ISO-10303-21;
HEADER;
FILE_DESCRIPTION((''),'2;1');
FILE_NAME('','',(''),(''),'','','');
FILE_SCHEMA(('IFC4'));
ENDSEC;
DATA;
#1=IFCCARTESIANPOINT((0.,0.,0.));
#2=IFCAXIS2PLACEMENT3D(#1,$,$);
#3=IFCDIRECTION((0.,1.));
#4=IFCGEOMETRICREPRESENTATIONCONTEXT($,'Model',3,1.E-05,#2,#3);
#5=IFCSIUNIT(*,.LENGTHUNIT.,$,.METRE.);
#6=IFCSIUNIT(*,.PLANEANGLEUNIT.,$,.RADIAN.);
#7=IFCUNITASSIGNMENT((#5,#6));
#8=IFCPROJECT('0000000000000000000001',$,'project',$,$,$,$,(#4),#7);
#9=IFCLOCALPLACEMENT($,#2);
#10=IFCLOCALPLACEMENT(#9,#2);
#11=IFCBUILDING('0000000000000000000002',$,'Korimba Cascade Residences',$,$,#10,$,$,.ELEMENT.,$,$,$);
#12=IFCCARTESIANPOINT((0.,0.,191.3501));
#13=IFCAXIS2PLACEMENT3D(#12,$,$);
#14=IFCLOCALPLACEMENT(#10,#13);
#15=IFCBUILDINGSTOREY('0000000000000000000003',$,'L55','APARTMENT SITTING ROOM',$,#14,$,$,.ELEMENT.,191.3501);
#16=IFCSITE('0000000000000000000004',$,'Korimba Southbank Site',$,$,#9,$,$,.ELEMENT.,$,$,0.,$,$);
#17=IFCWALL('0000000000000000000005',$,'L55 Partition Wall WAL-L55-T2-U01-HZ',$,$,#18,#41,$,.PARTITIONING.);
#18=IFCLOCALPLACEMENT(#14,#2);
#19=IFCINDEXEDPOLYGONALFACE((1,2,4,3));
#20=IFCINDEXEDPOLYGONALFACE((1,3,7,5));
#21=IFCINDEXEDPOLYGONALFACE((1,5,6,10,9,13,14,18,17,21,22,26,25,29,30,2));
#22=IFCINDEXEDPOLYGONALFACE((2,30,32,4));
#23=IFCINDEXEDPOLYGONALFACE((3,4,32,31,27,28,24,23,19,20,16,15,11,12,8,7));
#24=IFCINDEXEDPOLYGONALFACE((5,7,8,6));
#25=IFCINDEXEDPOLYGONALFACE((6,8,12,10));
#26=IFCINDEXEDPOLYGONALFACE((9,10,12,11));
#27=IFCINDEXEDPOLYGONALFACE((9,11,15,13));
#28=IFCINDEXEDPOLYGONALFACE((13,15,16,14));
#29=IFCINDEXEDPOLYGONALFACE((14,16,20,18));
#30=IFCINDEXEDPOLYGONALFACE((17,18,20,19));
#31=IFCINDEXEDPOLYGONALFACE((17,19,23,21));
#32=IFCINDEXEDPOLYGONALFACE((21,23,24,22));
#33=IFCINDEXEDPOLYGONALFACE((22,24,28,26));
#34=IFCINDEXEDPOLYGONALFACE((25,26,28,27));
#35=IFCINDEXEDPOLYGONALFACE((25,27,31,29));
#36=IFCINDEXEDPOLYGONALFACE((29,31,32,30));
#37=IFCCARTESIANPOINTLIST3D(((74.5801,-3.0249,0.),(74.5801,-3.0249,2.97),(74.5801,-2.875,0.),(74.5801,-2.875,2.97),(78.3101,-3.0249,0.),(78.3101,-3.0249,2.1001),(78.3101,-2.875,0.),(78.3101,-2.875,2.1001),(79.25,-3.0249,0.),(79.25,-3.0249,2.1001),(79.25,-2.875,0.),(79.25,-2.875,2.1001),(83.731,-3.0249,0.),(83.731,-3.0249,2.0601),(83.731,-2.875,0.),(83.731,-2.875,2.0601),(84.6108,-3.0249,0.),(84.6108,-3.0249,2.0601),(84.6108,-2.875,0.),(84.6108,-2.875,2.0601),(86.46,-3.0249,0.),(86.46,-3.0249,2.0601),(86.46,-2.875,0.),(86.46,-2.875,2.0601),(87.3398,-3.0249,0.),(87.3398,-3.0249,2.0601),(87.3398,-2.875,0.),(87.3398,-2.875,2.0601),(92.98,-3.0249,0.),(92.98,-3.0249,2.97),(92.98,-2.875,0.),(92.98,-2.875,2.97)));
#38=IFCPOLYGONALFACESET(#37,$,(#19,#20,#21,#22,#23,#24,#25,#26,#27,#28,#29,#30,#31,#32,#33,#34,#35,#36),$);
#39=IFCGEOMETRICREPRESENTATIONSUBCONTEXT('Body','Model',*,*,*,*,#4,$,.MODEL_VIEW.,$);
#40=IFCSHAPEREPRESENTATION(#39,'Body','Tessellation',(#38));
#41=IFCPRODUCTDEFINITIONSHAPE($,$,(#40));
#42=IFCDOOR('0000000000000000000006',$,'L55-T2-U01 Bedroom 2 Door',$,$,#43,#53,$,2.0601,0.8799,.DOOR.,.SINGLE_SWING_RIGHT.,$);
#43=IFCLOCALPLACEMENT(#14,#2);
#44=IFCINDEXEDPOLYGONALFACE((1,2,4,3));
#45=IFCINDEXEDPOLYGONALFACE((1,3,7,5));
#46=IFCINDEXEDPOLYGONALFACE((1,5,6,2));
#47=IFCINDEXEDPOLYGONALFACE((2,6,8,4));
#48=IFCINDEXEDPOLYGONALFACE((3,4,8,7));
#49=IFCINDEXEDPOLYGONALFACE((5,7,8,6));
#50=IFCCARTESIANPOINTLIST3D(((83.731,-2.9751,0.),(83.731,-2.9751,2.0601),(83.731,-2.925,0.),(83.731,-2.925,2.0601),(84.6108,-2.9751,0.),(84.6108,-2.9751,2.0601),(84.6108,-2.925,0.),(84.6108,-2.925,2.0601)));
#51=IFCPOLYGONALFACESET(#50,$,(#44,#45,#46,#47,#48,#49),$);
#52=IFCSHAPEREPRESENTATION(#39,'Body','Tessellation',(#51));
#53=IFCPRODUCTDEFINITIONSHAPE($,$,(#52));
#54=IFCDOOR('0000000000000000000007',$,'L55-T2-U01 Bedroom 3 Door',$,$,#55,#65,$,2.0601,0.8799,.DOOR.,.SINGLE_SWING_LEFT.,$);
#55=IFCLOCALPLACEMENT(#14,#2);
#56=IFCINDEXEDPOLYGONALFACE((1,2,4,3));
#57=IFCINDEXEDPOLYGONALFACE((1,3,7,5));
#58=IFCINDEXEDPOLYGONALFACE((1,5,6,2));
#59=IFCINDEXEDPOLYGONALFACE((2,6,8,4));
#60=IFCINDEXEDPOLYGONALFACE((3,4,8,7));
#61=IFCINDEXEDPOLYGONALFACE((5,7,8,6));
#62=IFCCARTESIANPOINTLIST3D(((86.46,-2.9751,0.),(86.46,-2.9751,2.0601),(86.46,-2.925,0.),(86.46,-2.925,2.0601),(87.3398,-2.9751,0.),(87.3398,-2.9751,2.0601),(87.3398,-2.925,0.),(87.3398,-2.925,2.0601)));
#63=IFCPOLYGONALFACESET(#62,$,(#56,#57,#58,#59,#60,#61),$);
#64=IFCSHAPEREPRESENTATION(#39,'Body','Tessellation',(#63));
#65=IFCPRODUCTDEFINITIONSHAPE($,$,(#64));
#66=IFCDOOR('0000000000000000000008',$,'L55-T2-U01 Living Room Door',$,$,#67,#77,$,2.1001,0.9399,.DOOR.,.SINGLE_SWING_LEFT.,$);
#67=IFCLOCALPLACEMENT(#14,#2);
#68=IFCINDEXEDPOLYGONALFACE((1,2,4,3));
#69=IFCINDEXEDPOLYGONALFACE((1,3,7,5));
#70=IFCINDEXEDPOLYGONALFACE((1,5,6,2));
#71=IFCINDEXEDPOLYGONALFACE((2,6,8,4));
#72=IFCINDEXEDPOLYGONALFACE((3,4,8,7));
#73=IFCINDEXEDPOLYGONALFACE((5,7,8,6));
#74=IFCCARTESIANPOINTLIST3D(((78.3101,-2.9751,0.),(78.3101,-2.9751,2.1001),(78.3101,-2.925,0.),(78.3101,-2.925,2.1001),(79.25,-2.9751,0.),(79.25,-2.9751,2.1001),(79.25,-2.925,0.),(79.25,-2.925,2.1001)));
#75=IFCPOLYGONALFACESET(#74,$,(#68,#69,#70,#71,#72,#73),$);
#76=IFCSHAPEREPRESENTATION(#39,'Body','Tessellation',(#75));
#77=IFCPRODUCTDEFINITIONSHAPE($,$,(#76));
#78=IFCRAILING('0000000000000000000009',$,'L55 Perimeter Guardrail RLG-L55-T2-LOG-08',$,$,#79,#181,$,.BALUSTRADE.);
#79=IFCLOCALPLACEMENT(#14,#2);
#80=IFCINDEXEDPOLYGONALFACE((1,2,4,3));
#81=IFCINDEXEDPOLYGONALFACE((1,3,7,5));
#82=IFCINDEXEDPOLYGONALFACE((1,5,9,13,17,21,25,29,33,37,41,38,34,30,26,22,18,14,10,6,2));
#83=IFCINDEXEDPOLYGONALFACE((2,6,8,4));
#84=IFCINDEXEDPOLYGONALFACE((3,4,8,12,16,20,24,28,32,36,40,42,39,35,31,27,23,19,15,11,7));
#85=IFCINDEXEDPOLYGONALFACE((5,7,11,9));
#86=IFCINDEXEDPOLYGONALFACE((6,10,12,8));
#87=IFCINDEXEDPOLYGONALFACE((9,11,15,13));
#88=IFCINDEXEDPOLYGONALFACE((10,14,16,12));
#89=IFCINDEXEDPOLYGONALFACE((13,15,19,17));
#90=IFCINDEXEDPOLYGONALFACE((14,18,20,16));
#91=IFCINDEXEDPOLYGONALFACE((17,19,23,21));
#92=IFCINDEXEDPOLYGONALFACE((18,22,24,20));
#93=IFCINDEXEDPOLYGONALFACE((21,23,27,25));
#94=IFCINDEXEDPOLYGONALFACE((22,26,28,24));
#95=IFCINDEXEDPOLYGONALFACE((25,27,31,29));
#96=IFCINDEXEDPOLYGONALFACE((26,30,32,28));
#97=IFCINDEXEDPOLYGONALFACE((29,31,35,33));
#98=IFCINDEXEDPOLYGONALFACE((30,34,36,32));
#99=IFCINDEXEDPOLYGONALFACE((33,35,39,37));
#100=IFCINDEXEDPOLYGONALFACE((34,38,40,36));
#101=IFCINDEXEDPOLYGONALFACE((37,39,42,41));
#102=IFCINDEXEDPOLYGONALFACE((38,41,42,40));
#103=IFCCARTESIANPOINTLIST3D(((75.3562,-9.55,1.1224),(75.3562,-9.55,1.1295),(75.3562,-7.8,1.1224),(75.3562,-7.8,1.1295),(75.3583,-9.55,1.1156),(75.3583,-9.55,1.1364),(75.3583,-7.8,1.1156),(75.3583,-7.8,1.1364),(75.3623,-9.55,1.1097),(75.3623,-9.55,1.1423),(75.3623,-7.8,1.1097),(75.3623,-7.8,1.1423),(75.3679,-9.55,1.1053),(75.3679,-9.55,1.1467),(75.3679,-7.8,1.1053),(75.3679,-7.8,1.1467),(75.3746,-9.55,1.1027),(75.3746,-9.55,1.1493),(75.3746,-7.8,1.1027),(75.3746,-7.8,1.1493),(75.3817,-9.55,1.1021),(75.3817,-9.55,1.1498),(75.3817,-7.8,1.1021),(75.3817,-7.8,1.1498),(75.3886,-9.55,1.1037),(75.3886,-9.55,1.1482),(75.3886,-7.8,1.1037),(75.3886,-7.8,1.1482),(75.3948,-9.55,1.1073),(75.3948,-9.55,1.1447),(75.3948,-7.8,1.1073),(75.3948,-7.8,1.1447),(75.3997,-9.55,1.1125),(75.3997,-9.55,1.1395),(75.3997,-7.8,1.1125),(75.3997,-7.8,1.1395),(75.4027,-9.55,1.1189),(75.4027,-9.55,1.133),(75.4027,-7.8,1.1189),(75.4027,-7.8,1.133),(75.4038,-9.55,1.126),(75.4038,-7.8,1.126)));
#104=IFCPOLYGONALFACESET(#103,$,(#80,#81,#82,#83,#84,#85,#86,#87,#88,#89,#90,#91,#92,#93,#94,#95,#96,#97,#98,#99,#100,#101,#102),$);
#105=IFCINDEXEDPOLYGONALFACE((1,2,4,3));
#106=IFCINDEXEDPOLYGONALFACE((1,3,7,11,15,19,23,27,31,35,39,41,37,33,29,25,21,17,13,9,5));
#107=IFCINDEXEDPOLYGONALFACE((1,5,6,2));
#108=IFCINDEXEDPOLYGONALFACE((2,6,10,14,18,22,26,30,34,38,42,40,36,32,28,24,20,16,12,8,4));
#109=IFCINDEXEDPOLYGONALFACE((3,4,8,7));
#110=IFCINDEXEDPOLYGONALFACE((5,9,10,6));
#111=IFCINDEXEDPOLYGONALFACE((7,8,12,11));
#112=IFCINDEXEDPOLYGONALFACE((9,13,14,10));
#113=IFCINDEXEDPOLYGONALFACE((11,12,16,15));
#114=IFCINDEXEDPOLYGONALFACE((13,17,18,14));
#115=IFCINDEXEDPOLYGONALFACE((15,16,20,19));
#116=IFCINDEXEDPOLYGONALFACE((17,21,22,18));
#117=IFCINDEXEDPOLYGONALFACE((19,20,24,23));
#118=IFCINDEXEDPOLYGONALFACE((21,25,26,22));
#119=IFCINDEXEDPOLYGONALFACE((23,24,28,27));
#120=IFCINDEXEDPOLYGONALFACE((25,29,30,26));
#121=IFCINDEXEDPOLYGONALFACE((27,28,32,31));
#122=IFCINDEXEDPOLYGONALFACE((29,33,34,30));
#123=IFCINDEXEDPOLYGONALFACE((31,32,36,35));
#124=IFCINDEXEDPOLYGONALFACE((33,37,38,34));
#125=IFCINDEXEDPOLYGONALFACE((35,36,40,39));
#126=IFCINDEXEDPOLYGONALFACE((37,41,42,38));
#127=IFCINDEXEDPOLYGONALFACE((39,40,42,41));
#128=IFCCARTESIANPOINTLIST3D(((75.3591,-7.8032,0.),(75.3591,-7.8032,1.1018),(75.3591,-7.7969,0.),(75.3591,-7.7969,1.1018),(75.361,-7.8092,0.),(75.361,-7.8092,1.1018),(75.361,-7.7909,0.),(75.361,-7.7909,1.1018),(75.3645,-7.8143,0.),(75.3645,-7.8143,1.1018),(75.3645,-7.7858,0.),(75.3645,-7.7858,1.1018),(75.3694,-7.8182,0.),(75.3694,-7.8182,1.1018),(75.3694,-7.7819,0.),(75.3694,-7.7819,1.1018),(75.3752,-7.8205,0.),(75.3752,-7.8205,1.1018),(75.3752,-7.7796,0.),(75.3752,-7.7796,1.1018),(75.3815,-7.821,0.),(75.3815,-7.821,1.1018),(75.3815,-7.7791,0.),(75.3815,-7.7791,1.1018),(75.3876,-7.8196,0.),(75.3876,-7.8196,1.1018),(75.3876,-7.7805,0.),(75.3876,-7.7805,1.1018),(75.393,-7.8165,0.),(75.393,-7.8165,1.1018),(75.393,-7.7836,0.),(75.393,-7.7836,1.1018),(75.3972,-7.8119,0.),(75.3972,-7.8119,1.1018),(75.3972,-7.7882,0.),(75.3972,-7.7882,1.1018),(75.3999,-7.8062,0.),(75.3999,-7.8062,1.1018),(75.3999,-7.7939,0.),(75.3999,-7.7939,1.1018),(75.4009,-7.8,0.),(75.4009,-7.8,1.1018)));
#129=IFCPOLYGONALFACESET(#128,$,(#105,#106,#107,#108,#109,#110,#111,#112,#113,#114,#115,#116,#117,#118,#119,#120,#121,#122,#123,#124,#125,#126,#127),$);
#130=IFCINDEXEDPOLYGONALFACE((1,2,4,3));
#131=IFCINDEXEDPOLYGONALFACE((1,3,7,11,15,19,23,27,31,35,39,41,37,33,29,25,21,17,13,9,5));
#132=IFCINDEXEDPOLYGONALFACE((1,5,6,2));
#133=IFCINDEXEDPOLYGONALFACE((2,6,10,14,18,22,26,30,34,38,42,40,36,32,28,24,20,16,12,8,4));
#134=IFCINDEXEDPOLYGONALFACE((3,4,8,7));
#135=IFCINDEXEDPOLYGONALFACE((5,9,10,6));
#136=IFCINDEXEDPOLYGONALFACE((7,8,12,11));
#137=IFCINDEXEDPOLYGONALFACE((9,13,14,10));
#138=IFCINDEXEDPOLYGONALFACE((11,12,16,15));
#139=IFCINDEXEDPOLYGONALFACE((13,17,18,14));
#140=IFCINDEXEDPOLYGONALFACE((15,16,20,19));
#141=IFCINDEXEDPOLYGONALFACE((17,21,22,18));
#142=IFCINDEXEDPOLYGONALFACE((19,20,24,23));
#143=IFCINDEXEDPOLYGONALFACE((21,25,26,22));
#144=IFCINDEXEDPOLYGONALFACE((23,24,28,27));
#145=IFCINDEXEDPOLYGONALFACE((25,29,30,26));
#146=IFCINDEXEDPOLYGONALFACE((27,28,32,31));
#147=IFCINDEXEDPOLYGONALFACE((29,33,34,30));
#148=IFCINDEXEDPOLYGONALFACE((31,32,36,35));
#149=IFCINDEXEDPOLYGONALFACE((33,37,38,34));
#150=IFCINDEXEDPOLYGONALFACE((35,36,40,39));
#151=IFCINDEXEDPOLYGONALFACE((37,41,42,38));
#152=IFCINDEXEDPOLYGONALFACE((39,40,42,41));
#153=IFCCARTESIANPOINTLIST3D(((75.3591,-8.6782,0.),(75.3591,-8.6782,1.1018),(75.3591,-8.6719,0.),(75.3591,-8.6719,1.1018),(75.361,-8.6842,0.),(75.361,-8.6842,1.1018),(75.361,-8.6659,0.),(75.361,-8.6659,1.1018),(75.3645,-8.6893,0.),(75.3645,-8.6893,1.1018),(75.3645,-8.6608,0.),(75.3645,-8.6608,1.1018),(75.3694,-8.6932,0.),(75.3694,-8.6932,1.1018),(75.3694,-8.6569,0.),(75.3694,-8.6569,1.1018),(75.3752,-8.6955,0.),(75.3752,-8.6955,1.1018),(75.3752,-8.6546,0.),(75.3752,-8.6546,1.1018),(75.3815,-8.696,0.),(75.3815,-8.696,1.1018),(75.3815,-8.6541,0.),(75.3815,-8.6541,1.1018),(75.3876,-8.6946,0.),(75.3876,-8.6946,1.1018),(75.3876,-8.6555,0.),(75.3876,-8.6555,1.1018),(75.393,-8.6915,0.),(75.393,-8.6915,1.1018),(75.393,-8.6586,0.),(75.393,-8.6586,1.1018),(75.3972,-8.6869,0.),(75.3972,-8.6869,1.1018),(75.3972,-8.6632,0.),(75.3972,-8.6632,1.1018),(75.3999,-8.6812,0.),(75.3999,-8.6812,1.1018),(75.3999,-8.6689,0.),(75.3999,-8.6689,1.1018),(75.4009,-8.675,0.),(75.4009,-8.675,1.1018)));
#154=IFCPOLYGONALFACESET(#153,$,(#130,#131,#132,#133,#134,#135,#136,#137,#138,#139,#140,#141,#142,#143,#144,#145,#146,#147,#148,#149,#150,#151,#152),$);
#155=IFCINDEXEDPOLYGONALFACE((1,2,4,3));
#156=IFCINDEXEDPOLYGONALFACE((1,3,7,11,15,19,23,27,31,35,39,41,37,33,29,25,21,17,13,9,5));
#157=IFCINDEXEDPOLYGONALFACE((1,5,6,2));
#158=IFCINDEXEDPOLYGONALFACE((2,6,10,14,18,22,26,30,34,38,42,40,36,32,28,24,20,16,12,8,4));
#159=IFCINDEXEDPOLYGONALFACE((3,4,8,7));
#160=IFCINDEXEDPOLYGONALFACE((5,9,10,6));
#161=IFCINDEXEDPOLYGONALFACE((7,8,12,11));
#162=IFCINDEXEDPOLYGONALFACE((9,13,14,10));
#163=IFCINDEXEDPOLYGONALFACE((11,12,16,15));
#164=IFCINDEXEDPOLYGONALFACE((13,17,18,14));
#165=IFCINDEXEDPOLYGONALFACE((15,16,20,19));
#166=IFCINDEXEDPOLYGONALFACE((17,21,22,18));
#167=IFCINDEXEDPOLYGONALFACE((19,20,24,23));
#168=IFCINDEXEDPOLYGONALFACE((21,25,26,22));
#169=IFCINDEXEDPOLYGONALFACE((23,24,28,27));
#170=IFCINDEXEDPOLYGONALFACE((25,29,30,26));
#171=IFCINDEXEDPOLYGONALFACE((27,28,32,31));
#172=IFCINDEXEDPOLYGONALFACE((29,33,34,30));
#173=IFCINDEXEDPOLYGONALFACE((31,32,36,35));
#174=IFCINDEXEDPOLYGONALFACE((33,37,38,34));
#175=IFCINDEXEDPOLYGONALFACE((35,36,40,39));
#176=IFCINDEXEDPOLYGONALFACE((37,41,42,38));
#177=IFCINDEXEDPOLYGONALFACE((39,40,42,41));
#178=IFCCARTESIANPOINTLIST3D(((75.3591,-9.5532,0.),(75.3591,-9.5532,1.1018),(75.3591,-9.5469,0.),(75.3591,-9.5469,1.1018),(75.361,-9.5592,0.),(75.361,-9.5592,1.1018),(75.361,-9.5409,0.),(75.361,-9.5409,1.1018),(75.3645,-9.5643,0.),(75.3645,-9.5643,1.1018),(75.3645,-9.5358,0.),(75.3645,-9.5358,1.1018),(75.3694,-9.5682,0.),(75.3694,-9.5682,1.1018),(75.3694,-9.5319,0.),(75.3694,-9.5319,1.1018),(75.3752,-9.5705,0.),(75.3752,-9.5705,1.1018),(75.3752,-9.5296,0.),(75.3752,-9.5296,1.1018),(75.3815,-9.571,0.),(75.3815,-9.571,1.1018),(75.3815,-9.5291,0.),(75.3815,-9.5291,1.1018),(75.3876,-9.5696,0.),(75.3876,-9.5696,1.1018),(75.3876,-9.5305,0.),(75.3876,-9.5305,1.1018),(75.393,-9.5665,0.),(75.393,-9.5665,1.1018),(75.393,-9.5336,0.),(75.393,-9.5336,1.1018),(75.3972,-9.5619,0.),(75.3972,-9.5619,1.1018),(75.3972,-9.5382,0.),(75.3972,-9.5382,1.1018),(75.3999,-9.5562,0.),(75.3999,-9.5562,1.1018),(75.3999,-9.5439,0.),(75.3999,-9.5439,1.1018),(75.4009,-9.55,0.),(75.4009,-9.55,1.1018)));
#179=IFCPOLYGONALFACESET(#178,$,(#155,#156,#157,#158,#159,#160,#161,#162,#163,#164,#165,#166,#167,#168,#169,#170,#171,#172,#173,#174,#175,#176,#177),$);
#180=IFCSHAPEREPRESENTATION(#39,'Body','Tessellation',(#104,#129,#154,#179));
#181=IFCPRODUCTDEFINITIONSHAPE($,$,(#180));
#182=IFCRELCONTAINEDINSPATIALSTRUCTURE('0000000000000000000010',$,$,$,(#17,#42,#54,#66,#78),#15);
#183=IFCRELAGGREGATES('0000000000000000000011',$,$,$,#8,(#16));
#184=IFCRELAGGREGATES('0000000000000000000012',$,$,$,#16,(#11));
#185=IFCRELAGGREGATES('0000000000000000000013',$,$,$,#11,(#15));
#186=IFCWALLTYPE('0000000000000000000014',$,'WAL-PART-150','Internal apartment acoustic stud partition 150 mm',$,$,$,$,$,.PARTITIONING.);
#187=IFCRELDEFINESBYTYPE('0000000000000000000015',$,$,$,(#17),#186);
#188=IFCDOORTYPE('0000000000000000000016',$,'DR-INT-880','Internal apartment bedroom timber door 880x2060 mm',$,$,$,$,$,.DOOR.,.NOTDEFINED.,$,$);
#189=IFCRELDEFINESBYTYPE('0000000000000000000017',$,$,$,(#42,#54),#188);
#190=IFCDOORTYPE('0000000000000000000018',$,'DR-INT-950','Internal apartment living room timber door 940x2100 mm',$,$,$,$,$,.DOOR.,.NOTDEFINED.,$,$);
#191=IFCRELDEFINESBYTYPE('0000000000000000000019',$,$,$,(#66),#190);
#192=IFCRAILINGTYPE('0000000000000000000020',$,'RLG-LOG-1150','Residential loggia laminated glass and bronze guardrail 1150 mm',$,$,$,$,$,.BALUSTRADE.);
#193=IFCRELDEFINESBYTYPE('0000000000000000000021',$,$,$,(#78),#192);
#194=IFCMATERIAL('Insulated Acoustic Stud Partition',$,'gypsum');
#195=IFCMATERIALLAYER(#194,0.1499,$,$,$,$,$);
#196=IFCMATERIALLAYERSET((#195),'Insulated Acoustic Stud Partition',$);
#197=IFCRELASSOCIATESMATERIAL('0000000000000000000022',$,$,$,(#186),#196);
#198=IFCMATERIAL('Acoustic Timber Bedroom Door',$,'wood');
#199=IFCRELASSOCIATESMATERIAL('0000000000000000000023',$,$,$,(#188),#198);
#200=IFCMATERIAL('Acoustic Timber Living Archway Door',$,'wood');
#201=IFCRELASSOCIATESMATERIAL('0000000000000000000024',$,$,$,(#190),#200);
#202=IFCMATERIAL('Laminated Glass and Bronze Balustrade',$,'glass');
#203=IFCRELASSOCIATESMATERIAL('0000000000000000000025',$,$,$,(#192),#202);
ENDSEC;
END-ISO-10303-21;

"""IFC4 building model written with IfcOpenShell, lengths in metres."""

from ifc_helpers import new_model, si_unit, direction, frame, frame_2d, origin, origin_2d, place, context, subcontext, project, spatial, rectangle, circle, extrude, material, layer, layer_set, type_object, element, fill, save


model = new_model("IFC4")

# Units and contexts
model_context = context("Model", 3, precision=1e-05, world=origin(), true_north=direction((0.0, 1.0)))
body_context = subcontext(model_context, "Body", "Model", "MODEL_VIEW")
ifc_project = project(units=[si_unit("LENGTHUNIT", "METRE"), si_unit("PLANEANGLEUNIT", "RADIAN")], contexts=[model_context])

# Site, building, storey
site_placement = place(None, origin())
site = spatial("IfcSite", under=ifc_project, at=site_placement, Name="Korimba Southbank Site", CompositionType="ELEMENT", RefElevation=0.0)
building_placement = place(site_placement, origin())
building = spatial("IfcBuilding", under=site, at=building_placement, Name="Korimba Cascade Residences", CompositionType="ELEMENT")
storey_placement = place(building_placement, frame((0.0, 0.0, 191.3501)))
storey = spatial("IfcBuildingStorey", under=building, at=storey_placement, Name="L55", Description="APARTMENT SITTING ROOM", CompositionType="ELEMENT", Elevation=191.3501)

# Shared definitions
ifc_material_1 = material(Name="Insulated Acoustic Stud Partition", Category="gypsum")
ifc_layer_1 = layer(ifc_material_1, 0.1499)
ifc_layer_set_1 = layer_set([ifc_layer_1], Name="Insulated Acoustic Stud Partition")
wall_type_1 = type_object("IfcWallType", Name="WAL-PART-150", Description="Internal apartment acoustic stud partition 150 mm", PredefinedType="PARTITIONING", material=ifc_layer_set_1)
ifc_material_2 = material(Name="Acoustic Timber Bedroom Door", Category="wood")
door_type_1 = type_object("IfcDoorType", Name="DR-INT-880", Description="Internal apartment bedroom timber door 880x2060 mm", OperationType="NOTDEFINED", PredefinedType="DOOR", material=ifc_material_2)

# Wall, openings, doors
wall_1_placement = place(storey_placement, frame((74.5801, -2.95, 0.0), z_axis=(0.0, 0.0, 1.0), x_axis=(1.0, 0.0, 0.0)))
wall_1 = element("IfcWall", 1, at=wall_1_placement, inside=storey, type_object=wall_type_1, Name="L55 Partition Wall WAL-L55-T2-U01-HZ", PredefinedType="PARTITIONING", context=body_context, shape_type="SweptSolid", body=[
    extrude(rectangle(XDim=18.3999, YDim=0.1499, at=frame_2d((9.2, 0.0))), origin(), (0.0, 0.0, 1.0), 2.97),
])
opening_1_placement = place(wall_1_placement, frame((3.73, 0.0, 0.0)))
opening_1 = element("IfcOpeningElement", 2, at=opening_1_placement, cuts=wall_1, PredefinedType="OPENING", context=body_context, shape_type="SweptSolid", body=[
    extrude(rectangle(XDim=0.9399, YDim=2.1001, at=frame_2d((0.47, 1.05))), frame((0.0, 0.085, 0.0), z_axis=(0.0, -1.0, 0.0), x_axis=(1.0, 0.0, 0.0)), (0.0, 0.0, 1.0), 0.1699),
])
opening_2_placement = place(wall_1_placement, frame((9.1509, 0.0, 0.0)))
opening_2 = element("IfcOpeningElement", 3, at=opening_2_placement, cuts=wall_1, PredefinedType="OPENING", context=body_context, shape_type="SweptSolid", body=[
    extrude(rectangle(XDim=0.8799, YDim=2.0601, at=frame_2d((0.4399, 1.03))), frame((0.0, 0.085, 0.0), z_axis=(0.0, -1.0, 0.0), x_axis=(1.0, 0.0, 0.0)), (0.0, 0.0, 1.0), 0.1699),
])
opening_3_placement = place(wall_1_placement, frame((11.8799, 0.0, 0.0)))
opening_3 = element("IfcOpeningElement", 4, at=opening_3_placement, cuts=wall_1, PredefinedType="OPENING", context=body_context, shape_type="SweptSolid", body=[
    extrude(rectangle(XDim=0.8799, YDim=2.0601, at=frame_2d((0.4399, 1.03))), frame((0.0, 0.085, 0.0), z_axis=(0.0, -1.0, 0.0), x_axis=(1.0, 0.0, 0.0)), (0.0, 0.0, 1.0), 0.1699),
])
door_1_placement = place(opening_2_placement, origin())
door_1 = element("IfcDoor", 5, at=door_1_placement, inside=storey, type_object=door_type_1, Name="L55-T2-U01 Bedroom 2 Door", OperationType="SINGLE_SWING_RIGHT", OverallHeight=2.0601, OverallWidth=0.8799, PredefinedType="DOOR", context=body_context, shape_type="SweptSolid", body=[
    extrude(rectangle(XDim=0.8799, YDim=2.0601, at=frame_2d((0.4399, 1.03))), frame((0.0, 0.0249, 0.0), z_axis=(0.0, -1.0, 0.0), x_axis=(1.0, 0.0, 0.0)), (0.0, 0.0, 1.0), 0.05),
])
fill(opening_2, door_1)
door_2_placement = place(opening_3_placement, origin())
door_2 = element("IfcDoor", 6, at=door_2_placement, inside=storey, type_object=door_type_1, Name="L55-T2-U01 Bedroom 3 Door", OperationType="SINGLE_SWING_LEFT", OverallHeight=2.0601, OverallWidth=0.8799, PredefinedType="DOOR", context=body_context, shape_type="SweptSolid", body=[
    extrude(rectangle(XDim=0.8799, YDim=2.0601, at=frame_2d((0.4399, 1.03))), frame((0.0, 0.0249, 0.0), z_axis=(0.0, -1.0, 0.0), x_axis=(1.0, 0.0, 0.0)), (0.0, 0.0, 1.0), 0.05),
])
fill(opening_3, door_2)
ifc_material_3 = material(Name="Acoustic Timber Living Archway Door", Category="wood")
door_type_2 = type_object("IfcDoorType", Name="DR-INT-950", Description="Internal apartment living room timber door 940x2100 mm", OperationType="NOTDEFINED", PredefinedType="DOOR", material=ifc_material_3)
door_3_placement = place(opening_1_placement, origin())
door_3 = element("IfcDoor", 7, at=door_3_placement, inside=storey, type_object=door_type_2, Name="L55-T2-U01 Living Room Door", OperationType="SINGLE_SWING_LEFT", OverallHeight=2.1001, OverallWidth=0.9399, PredefinedType="DOOR", context=body_context, shape_type="SweptSolid", body=[
    extrude(rectangle(XDim=0.9399, YDim=2.1001, at=frame_2d((0.47, 1.05))), frame((0.0, 0.0249, 0.0), z_axis=(0.0, -1.0, 0.0), x_axis=(1.0, 0.0, 0.0)), (0.0, 0.0, 1.0), 0.05),
])
fill(opening_1, door_3)

# Railing
ifc_material_4 = material(Name="Laminated Glass and Bronze Balustrade", Category="glass")
railing_type = type_object("IfcRailingType", Name="RLG-LOG-1150", Description="Residential loggia laminated glass and bronze guardrail 1150 mm", PredefinedType="BALUSTRADE", material=ifc_material_4)
railing_1_placement = place(storey_placement, frame((75.3799, -7.8, 0.0)))
element("IfcRailing", 8, at=railing_1_placement, inside=storey, type_object=railing_type, Name="L55 Perimeter Guardrail RLG-L55-T2-LOG-08", PredefinedType="BALUSTRADE", context=body_context, shape_type="SweptSolid", body=[
    extrude(circle(Radius=0.0239, at=origin_2d()), frame((0.0, 0.0, 1.126), z_axis=(0.0, -1.0, 0.0), x_axis=(1.0, 0.0, 0.0)), (0.0, 0.0, 1.0), 1.75),
    extrude(circle(Radius=0.021, at=origin_2d()), origin(), (0.0, 0.0, 1.0), 1.1018),
    extrude(circle(Radius=0.021, at=origin_2d()), frame((0.0, -0.875, 0.0)), (0.0, 0.0, 1.0), 1.1018),
    extrude(circle(Radius=0.021, at=origin_2d()), frame((0.0, -1.75, 0.0)), (0.0, 0.0, 1.0), 1.1018),
])

save(model, "model.ifc")
